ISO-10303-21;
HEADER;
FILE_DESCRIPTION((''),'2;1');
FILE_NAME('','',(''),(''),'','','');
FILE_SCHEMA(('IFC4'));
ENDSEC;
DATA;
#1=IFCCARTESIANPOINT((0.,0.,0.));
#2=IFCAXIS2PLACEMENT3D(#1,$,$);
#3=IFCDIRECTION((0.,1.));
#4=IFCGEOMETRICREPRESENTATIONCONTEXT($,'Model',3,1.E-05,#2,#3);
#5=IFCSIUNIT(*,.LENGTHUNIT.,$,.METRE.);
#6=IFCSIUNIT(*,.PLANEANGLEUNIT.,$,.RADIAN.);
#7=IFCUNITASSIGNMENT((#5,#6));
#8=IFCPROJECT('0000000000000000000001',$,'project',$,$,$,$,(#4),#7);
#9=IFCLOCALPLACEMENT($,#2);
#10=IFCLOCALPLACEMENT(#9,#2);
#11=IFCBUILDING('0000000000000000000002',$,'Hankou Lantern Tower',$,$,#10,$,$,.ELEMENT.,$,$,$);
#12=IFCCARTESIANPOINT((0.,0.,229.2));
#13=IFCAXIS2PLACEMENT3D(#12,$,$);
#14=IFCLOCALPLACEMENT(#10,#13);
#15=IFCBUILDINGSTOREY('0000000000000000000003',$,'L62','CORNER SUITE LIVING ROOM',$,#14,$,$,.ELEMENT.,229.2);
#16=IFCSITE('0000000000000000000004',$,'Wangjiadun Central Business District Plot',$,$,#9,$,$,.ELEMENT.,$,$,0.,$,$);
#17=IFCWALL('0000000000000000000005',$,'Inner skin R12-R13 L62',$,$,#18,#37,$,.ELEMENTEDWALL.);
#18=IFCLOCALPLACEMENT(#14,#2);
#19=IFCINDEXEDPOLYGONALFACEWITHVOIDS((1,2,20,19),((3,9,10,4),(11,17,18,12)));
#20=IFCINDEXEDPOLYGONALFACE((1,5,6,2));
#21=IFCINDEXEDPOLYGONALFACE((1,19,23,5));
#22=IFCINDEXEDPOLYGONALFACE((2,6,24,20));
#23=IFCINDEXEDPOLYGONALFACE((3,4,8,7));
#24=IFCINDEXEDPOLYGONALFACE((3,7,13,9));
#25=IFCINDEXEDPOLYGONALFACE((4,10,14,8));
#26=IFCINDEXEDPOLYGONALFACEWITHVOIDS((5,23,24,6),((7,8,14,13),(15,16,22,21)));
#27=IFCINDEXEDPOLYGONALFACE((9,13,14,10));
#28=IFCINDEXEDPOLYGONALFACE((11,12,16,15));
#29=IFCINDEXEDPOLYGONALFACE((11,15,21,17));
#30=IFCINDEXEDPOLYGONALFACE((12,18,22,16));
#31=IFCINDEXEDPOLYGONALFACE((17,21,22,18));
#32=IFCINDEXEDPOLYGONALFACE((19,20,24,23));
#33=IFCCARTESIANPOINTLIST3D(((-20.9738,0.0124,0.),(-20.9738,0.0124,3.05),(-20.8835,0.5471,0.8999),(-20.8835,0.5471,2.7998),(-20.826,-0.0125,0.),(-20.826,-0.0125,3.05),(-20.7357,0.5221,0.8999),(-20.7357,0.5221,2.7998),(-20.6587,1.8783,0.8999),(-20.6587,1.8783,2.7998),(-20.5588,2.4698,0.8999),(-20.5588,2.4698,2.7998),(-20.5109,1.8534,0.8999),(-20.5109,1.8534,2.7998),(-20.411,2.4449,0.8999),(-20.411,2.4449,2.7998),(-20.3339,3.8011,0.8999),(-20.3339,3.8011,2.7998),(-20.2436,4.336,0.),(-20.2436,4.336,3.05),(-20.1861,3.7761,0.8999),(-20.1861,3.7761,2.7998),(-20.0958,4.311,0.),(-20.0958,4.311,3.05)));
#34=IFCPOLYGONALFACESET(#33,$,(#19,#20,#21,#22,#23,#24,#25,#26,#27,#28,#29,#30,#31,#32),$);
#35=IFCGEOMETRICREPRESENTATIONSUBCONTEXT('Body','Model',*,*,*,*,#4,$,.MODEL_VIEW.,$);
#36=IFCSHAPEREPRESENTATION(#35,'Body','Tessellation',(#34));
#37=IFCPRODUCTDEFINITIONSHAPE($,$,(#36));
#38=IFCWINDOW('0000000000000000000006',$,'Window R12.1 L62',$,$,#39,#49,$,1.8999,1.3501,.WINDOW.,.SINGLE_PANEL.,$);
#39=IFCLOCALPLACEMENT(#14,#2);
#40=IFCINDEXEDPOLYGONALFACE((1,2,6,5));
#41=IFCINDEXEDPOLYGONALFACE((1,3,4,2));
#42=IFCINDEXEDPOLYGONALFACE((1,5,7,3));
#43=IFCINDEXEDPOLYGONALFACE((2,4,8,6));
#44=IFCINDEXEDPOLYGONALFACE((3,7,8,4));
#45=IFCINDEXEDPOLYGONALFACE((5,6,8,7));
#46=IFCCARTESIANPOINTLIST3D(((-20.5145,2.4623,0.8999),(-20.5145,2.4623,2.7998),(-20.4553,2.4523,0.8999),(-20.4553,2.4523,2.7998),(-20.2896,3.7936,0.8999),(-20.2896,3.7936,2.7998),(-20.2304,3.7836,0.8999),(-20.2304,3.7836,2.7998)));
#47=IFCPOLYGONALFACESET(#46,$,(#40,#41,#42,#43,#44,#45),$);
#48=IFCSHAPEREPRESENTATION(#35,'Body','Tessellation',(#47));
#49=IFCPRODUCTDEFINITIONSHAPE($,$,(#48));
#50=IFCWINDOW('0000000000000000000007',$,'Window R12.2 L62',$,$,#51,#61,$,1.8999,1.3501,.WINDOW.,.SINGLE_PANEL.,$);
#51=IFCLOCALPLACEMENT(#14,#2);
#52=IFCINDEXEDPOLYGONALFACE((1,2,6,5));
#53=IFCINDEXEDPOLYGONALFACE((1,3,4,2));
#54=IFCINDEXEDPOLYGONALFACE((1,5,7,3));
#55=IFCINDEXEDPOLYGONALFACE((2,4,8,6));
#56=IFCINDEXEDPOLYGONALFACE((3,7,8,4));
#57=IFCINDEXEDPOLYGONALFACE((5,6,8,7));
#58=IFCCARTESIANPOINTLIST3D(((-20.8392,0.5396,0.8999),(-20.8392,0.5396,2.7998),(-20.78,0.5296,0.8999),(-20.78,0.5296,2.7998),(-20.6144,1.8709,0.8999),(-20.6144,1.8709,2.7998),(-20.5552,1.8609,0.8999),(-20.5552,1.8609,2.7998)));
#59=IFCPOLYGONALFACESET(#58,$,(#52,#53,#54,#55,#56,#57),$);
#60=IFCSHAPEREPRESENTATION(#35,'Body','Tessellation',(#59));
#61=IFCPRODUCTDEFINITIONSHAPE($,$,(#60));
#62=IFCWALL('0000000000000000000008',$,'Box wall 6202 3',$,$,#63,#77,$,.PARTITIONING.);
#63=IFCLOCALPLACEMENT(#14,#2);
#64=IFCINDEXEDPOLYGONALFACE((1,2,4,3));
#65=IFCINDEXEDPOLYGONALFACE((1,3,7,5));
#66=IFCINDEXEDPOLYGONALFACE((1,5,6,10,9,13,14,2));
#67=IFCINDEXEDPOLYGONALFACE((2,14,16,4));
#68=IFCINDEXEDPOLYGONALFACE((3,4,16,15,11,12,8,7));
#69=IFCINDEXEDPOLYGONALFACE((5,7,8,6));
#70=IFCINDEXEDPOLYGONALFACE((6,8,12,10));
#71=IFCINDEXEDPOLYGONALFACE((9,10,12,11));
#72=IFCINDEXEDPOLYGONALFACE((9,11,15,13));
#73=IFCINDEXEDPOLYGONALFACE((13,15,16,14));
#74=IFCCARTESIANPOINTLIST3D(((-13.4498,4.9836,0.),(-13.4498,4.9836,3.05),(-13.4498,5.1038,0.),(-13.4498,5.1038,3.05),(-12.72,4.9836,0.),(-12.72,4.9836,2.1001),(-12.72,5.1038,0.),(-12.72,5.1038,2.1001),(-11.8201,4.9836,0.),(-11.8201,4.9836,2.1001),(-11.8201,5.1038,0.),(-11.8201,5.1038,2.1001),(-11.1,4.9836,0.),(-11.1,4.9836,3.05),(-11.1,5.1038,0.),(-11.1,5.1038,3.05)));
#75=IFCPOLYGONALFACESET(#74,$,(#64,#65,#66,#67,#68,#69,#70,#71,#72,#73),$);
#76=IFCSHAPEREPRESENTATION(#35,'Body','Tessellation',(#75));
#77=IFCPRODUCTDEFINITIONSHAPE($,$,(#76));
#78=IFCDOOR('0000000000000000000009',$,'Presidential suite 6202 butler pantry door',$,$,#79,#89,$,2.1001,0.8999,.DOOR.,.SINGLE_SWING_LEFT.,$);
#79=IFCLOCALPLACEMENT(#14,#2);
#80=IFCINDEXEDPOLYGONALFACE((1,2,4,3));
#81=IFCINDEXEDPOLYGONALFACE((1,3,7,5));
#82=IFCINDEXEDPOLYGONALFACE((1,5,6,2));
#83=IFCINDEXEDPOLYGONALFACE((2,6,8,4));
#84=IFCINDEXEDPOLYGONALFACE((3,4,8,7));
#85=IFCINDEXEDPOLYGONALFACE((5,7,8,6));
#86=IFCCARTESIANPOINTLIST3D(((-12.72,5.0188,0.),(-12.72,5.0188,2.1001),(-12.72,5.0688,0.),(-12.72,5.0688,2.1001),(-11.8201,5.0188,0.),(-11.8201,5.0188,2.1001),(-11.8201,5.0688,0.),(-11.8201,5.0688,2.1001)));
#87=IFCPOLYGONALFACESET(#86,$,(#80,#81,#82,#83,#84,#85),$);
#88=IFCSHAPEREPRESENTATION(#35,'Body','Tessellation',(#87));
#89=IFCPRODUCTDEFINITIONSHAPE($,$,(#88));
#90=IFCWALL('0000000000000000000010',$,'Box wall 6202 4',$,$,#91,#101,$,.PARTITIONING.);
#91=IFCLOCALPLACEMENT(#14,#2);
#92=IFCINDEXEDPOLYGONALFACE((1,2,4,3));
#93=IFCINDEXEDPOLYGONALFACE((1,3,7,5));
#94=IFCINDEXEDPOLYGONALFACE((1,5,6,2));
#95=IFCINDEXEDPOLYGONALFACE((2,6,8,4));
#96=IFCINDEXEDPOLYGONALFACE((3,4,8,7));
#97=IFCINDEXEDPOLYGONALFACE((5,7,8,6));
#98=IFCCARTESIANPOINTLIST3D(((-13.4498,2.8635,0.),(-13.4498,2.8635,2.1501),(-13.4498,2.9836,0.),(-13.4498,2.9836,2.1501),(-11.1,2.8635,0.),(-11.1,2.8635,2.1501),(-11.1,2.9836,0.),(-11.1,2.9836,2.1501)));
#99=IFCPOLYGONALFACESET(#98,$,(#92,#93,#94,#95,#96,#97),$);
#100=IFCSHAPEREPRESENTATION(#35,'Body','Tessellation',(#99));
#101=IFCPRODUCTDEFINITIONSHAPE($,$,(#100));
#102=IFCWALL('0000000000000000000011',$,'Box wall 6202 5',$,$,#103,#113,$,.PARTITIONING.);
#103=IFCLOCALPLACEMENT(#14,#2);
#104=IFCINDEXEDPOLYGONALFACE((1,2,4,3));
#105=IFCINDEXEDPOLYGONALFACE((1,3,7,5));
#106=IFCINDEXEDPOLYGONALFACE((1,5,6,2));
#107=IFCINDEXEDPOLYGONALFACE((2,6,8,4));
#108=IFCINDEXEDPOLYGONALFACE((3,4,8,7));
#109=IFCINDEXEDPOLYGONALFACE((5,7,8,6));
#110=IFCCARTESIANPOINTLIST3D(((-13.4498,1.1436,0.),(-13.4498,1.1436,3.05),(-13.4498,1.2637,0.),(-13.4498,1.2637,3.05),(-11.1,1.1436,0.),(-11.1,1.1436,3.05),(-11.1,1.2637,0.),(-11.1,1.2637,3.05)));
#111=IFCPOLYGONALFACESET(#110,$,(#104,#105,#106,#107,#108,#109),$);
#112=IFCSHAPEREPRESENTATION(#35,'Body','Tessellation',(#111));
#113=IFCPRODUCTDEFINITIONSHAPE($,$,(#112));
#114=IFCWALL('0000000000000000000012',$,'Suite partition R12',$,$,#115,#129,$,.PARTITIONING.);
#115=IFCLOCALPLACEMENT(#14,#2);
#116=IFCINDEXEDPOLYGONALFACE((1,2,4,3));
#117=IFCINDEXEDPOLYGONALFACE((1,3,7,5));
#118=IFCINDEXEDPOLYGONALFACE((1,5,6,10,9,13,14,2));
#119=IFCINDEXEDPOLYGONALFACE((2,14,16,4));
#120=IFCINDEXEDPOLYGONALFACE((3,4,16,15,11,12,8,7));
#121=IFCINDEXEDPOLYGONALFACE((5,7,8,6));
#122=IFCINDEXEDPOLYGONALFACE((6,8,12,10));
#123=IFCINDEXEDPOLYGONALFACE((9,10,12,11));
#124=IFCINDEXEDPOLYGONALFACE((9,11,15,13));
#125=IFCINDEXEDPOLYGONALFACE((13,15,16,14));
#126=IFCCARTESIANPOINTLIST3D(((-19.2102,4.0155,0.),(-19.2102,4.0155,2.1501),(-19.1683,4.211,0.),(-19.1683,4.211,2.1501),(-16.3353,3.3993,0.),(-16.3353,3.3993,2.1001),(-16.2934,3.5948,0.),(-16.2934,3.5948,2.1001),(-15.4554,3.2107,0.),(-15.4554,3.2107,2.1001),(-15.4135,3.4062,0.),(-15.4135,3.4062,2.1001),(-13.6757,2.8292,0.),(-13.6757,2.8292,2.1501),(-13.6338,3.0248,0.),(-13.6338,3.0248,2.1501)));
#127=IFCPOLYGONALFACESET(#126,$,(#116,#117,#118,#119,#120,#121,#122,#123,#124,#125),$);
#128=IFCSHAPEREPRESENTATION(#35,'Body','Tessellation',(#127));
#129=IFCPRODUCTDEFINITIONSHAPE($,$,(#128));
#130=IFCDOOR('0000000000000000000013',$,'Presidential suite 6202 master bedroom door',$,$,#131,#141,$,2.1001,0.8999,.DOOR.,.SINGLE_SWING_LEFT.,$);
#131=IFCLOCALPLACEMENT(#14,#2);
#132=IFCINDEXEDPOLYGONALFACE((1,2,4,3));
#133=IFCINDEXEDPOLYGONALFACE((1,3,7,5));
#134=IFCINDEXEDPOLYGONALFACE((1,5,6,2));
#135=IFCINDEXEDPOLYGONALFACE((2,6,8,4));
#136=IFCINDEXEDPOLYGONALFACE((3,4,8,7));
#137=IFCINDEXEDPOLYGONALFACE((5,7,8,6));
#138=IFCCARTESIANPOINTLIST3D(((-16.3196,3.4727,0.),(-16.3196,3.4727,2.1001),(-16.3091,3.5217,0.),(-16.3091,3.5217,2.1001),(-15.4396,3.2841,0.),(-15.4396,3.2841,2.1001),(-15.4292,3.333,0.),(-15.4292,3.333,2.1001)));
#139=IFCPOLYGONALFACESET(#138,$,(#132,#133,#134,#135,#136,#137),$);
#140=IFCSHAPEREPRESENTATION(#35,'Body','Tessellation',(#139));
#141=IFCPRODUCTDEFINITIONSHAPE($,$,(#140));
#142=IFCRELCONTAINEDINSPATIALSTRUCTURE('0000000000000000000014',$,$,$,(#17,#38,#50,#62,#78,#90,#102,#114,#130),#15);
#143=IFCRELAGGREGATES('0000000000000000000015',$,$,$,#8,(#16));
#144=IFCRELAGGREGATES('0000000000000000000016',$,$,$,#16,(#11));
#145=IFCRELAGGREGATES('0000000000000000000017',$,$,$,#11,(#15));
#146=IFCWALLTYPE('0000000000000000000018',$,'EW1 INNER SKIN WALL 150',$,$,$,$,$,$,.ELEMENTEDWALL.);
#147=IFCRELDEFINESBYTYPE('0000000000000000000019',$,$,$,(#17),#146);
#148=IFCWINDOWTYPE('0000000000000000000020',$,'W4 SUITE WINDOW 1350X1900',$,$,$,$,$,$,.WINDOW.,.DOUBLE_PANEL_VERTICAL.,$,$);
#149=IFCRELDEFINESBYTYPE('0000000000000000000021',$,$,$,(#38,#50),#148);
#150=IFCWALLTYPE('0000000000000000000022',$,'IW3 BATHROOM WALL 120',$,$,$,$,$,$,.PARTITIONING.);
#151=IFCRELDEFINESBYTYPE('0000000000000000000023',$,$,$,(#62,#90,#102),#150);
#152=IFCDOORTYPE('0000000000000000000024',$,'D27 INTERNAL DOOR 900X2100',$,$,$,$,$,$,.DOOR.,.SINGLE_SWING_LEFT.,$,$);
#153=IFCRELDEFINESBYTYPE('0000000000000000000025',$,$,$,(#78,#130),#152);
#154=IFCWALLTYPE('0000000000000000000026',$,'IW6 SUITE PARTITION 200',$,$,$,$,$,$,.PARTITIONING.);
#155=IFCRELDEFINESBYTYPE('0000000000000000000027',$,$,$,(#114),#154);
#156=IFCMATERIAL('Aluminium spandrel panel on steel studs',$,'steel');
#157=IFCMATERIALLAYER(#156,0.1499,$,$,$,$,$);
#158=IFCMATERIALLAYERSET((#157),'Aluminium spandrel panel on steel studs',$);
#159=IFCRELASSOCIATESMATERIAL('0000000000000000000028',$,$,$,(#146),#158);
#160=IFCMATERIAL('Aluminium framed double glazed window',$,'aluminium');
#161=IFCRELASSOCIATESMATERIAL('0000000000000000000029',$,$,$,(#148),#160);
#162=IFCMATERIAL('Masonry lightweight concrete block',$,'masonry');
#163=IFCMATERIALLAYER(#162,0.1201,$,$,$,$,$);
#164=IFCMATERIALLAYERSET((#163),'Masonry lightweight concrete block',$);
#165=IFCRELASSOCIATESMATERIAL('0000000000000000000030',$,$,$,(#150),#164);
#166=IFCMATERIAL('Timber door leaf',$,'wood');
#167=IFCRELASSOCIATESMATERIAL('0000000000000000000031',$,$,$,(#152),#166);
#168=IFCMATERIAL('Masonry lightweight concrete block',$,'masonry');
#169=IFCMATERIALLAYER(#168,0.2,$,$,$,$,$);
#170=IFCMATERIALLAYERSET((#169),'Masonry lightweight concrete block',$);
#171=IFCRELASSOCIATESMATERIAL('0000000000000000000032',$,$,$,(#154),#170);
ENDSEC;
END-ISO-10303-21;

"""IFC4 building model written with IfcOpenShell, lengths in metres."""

from ifc_helpers import new_model, si_unit, direction, frame, frame_2d, origin, place, context, subcontext, project, spatial, rectangle, extrude, material, layer, layer_set, type_object, element, fill, save


model = new_model("IFC4")

# Units and contexts
model_context = context("Model", 3, precision=1e-05, world=origin(), true_north=direction((0.0, 1.0)))
body_context = subcontext(model_context, "Body", "Model", "MODEL_VIEW")
ifc_project = project(units=[si_unit("LENGTHUNIT", "METRE"), si_unit("PLANEANGLEUNIT", "RADIAN")], contexts=[model_context])

# Site, building, storey
site_placement = place(None, origin())
site = spatial("IfcSite", under=ifc_project, at=site_placement, Name="Wangjiadun Central Business District Plot", CompositionType="ELEMENT", RefElevation=0.0)
building_placement = place(site_placement, origin())
building = spatial("IfcBuilding", under=site, at=building_placement, Name="Hankou Lantern Tower", CompositionType="ELEMENT")
storey_placement = place(building_placement, frame((0.0, 0.0, 229.2)))
storey = spatial("IfcBuildingStorey", under=building, at=storey_placement, Name="L62", Description="CORNER SUITE LIVING ROOM", CompositionType="ELEMENT", Elevation=229.2)

# Wall, openings, windows
ifc_material_1 = material(Name="Aluminium spandrel panel on steel studs", Category="steel")
ifc_layer_1 = layer(ifc_material_1, 0.1499)
ifc_layer_set_1 = layer_set([ifc_layer_1], Name="Aluminium spandrel panel on steel studs")
wall_type_1 = type_object("IfcWallType", Name="EW1 INNER SKIN WALL 150", PredefinedType="ELEMENTEDWALL", material=ifc_layer_set_1)
wall_1_placement = place(storey_placement, frame((-20.1697, 4.3235, 0.0), z_axis=(0.0, 0.0, 1.0), x_axis=(-0.166539, -0.986035, 0.0)))
wall_1 = element("IfcWall", 1, at=wall_1_placement, inside=storey, type_object=wall_type_1, Name="Inner skin R12-R13 L62", PredefinedType="ELEMENTEDWALL", context=body_context, shape_type="SweptSolid", body=[
    extrude(rectangle(XDim=4.3848, YDim=0.1499, at=frame_2d((2.1924, 0.0))), origin(), (0.0, 0.0, 1.0), 3.05),
])
opening_1_placement = place(wall_1_placement, frame((0.5425, 0.0, 0.8999)))
opening_1 = element("IfcOpeningElement", 2, at=opening_1_placement, cuts=wall_1, PredefinedType="OPENING", context=body_context, shape_type="SweptSolid", body=[
    extrude(rectangle(XDim=1.3501, YDim=1.8999, at=frame_2d((0.675, 0.95))), frame((0.0, 0.085, 0.0), z_axis=(0.0, -1.0, 0.0), x_axis=(1.0, 0.0, 0.0)), (0.0, 0.0, 1.0), 0.1699),
])
opening_2_placement = place(wall_1_placement, frame((2.4924, 0.0, 0.8999)))
opening_2 = element("IfcOpeningElement", 3, at=opening_2_placement, cuts=wall_1, PredefinedType="OPENING", context=body_context, shape_type="SweptSolid", body=[
    extrude(rectangle(XDim=1.3501, YDim=1.8999, at=frame_2d((0.675, 0.95))), frame((0.0, 0.085, 0.0), z_axis=(0.0, -1.0, 0.0), x_axis=(1.0, 0.0, 0.0)), (0.0, 0.0, 1.0), 0.1699),
])
ifc_material_2 = material(Name="Aluminium framed double glazed window", Category="aluminium")
window_type = type_object("IfcWindowType", Name="W4 SUITE WINDOW 1350X1900", PartitioningType="DOUBLE_PANEL_VERTICAL", PredefinedType="WINDOW", material=ifc_material_2)
window_1_placement = place(opening_1_placement, origin())
window_1 = element("IfcWindow", 4, at=window_1_placement, inside=storey, type_object=window_type, Name="Window R12.1 L62", OverallHeight=1.8999, OverallWidth=1.3501, PartitioningType="SINGLE_PANEL", PredefinedType="WINDOW", context=body_context, shape_type="SweptSolid", body=[
    extrude(rectangle(XDim=1.3501, YDim=1.8999, at=frame_2d((0.675, 0.95))), frame((0.0, 0.03, 0.0), z_axis=(0.0, -1.0, 0.0), x_axis=(1.0, 0.0, 0.0)), (0.0, 0.0, 1.0), 0.0601),
])
fill(opening_1, window_1)
window_2_placement = place(opening_2_placement, origin())
window_2 = element("IfcWindow", 5, at=window_2_placement, inside=storey, type_object=window_type, Name="Window R12.2 L62", OverallHeight=1.8999, OverallWidth=1.3501, PartitioningType="SINGLE_PANEL", PredefinedType="WINDOW", context=body_context, shape_type="SweptSolid", body=[
    extrude(rectangle(XDim=1.3501, YDim=1.8999, at=frame_2d((0.675, 0.95))), frame((0.0, 0.03, 0.0), z_axis=(0.0, -1.0, 0.0), x_axis=(1.0, 0.0, 0.0)), (0.0, 0.0, 1.0), 0.0601),
])
fill(opening_2, window_2)

# Wall, opening, door
ifc_material_3 = material(Name="Masonry lightweight concrete block", Category="masonry")
ifc_layer_2 = layer(ifc_material_3, 0.1201)
ifc_layer_set_2 = layer_set([ifc_layer_2], Name="Masonry lightweight concrete block")
wall_type_2 = type_object("IfcWallType", Name="IW3 BATHROOM WALL 120", PredefinedType="PARTITIONING", material=ifc_layer_set_2)
wall_2_placement = place(storey_placement, frame((-11.1001, 5.0437, 0.0), z_axis=(0.0, 0.0, 1.0), x_axis=(-1.0, 0.0, 0.0)))
wall_2 = element("IfcWall", 6, at=wall_2_placement, inside=storey, type_object=wall_type_2, Name="Box wall 6202 3", PredefinedType="PARTITIONING", context=body_context, shape_type="SweptSolid", body=[
    extrude(rectangle(XDim=2.3499, YDim=0.1201, at=frame_2d((1.1748, 0.0))), origin(), (0.0, 0.0, 1.0), 3.05),
])
opening_3_placement = place(wall_2_placement, frame((0.72, 0.0, 0.0)))
opening_3 = element("IfcOpeningElement", 7, at=opening_3_placement, cuts=wall_2, PredefinedType="OPENING", context=body_context, shape_type="SweptSolid", body=[
    extrude(rectangle(XDim=0.8999, YDim=2.1001, at=frame_2d((0.45, 1.05))), frame((0.0, 0.0701, 0.0), z_axis=(0.0, -1.0, 0.0), x_axis=(1.0, 0.0, 0.0)), (0.0, 0.0, 1.0), 0.1401),
])
ifc_material_4 = material(Name="Timber door leaf", Category="wood")
door_type = type_object("IfcDoorType", Name="D27 INTERNAL DOOR 900X2100", OperationType="SINGLE_SWING_LEFT", PredefinedType="DOOR", material=ifc_material_4)
door_1_placement = place(opening_3_placement, origin())
door_1 = element("IfcDoor", 8, at=door_1_placement, inside=storey, type_object=door_type, Name="Presidential suite 6202 butler pantry door", OperationType="SINGLE_SWING_LEFT", OverallHeight=2.1001, OverallWidth=0.8999, PredefinedType="DOOR", context=body_context, shape_type="SweptSolid", body=[
    extrude(rectangle(XDim=0.8999, YDim=2.1001, at=frame_2d((0.45, 1.05))), frame((0.0, 0.0249, 0.0), z_axis=(0.0, -1.0, 0.0), x_axis=(1.0, 0.0, 0.0)), (0.0, 0.0, 1.0), 0.05),
])
fill(opening_3, door_1)

# Walls
wall_3_placement = place(storey_placement, frame((-11.1001, 2.9236, 0.0), z_axis=(0.0, 0.0, 1.0), x_axis=(-1.0, 0.0, 0.0)))
element("IfcWall", 9, at=wall_3_placement, inside=storey, type_object=wall_type_2, Name="Box wall 6202 4", PredefinedType="PARTITIONING", context=body_context, shape_type="SweptSolid", body=[
    extrude(rectangle(XDim=2.3499, YDim=0.1201, at=frame_2d((1.1748, 0.0))), origin(), (0.0, 0.0, 1.0), 2.1501),
])
wall_4_placement = place(storey_placement, frame((-11.1001, 1.2036, 0.0), z_axis=(0.0, 0.0, 1.0), x_axis=(-1.0, 0.0, 0.0)))
element("IfcWall", 10, at=wall_4_placement, inside=storey, type_object=wall_type_2, Name="Box wall 6202 5", PredefinedType="PARTITIONING", context=body_context, shape_type="SweptSolid", body=[
    extrude(rectangle(XDim=2.3499, YDim=0.1201, at=frame_2d((1.1748, 0.0))), origin(), (0.0, 0.0, 1.0), 3.05),
])

# Wall, opening, door
ifc_material_5 = material(Name="Masonry lightweight concrete block", Category="masonry")
ifc_layer_3 = layer(ifc_material_5, 0.2)
ifc_layer_set_3 = layer_set([ifc_layer_3], Name="Masonry lightweight concrete block")
wall_type_3 = type_object("IfcWallType", Name="IW6 SUITE PARTITION 200", PredefinedType="PARTITIONING", material=ifc_layer_set_3)
wall_5_placement = place(storey_placement, frame((-13.6548, 2.927, 0.0), z_axis=(0.0, 0.0, 1.0), x_axis=(-0.97779, 0.209585, 0.0)))
wall_5 = element("IfcWall", 11, at=wall_5_placement, inside=storey, type_object=wall_type_3, Name="Suite partition R12", PredefinedType="PARTITIONING", context=body_context, shape_type="SweptSolid", body=[
    extrude(rectangle(XDim=5.6602, YDim=0.2, at=frame_2d((2.8301, 0.0))), origin(), (0.0, 0.0, 1.0), 2.1501),
])
opening_4_placement = place(wall_5_placement, frame((1.8201, 0.0, 0.0)))
opening_4 = element("IfcOpeningElement", 12, at=opening_4_placement, cuts=wall_5, PredefinedType="OPENING", context=body_context, shape_type="SweptSolid", body=[
    extrude(rectangle(XDim=0.8999, YDim=2.1001, at=frame_2d((0.45, 1.05))), frame((0.0, 0.1099, 0.0), z_axis=(0.0, -1.0, 0.0), x_axis=(1.0, 0.0, 0.0)), (0.0, 0.0, 1.0), 0.22),
])
door_2_placement = place(opening_4_placement, origin())
door_2 = element("IfcDoor", 13, at=door_2_placement, inside=storey, type_object=door_type, Name="Presidential suite 6202 master bedroom door", OperationType="SINGLE_SWING_LEFT", OverallHeight=2.1001, OverallWidth=0.8999, PredefinedType="DOOR", context=body_context, shape_type="SweptSolid", body=[
    extrude(rectangle(XDim=0.8999, YDim=2.1001, at=frame_2d((0.45, 1.05))), frame((0.0, 0.0249, 0.0), z_axis=(0.0, -1.0, 0.0), x_axis=(1.0, 0.0, 0.0)), (0.0, 0.0, 1.0), 0.05),
])
fill(opening_4, door_2)

save(model, "model.ifc")
